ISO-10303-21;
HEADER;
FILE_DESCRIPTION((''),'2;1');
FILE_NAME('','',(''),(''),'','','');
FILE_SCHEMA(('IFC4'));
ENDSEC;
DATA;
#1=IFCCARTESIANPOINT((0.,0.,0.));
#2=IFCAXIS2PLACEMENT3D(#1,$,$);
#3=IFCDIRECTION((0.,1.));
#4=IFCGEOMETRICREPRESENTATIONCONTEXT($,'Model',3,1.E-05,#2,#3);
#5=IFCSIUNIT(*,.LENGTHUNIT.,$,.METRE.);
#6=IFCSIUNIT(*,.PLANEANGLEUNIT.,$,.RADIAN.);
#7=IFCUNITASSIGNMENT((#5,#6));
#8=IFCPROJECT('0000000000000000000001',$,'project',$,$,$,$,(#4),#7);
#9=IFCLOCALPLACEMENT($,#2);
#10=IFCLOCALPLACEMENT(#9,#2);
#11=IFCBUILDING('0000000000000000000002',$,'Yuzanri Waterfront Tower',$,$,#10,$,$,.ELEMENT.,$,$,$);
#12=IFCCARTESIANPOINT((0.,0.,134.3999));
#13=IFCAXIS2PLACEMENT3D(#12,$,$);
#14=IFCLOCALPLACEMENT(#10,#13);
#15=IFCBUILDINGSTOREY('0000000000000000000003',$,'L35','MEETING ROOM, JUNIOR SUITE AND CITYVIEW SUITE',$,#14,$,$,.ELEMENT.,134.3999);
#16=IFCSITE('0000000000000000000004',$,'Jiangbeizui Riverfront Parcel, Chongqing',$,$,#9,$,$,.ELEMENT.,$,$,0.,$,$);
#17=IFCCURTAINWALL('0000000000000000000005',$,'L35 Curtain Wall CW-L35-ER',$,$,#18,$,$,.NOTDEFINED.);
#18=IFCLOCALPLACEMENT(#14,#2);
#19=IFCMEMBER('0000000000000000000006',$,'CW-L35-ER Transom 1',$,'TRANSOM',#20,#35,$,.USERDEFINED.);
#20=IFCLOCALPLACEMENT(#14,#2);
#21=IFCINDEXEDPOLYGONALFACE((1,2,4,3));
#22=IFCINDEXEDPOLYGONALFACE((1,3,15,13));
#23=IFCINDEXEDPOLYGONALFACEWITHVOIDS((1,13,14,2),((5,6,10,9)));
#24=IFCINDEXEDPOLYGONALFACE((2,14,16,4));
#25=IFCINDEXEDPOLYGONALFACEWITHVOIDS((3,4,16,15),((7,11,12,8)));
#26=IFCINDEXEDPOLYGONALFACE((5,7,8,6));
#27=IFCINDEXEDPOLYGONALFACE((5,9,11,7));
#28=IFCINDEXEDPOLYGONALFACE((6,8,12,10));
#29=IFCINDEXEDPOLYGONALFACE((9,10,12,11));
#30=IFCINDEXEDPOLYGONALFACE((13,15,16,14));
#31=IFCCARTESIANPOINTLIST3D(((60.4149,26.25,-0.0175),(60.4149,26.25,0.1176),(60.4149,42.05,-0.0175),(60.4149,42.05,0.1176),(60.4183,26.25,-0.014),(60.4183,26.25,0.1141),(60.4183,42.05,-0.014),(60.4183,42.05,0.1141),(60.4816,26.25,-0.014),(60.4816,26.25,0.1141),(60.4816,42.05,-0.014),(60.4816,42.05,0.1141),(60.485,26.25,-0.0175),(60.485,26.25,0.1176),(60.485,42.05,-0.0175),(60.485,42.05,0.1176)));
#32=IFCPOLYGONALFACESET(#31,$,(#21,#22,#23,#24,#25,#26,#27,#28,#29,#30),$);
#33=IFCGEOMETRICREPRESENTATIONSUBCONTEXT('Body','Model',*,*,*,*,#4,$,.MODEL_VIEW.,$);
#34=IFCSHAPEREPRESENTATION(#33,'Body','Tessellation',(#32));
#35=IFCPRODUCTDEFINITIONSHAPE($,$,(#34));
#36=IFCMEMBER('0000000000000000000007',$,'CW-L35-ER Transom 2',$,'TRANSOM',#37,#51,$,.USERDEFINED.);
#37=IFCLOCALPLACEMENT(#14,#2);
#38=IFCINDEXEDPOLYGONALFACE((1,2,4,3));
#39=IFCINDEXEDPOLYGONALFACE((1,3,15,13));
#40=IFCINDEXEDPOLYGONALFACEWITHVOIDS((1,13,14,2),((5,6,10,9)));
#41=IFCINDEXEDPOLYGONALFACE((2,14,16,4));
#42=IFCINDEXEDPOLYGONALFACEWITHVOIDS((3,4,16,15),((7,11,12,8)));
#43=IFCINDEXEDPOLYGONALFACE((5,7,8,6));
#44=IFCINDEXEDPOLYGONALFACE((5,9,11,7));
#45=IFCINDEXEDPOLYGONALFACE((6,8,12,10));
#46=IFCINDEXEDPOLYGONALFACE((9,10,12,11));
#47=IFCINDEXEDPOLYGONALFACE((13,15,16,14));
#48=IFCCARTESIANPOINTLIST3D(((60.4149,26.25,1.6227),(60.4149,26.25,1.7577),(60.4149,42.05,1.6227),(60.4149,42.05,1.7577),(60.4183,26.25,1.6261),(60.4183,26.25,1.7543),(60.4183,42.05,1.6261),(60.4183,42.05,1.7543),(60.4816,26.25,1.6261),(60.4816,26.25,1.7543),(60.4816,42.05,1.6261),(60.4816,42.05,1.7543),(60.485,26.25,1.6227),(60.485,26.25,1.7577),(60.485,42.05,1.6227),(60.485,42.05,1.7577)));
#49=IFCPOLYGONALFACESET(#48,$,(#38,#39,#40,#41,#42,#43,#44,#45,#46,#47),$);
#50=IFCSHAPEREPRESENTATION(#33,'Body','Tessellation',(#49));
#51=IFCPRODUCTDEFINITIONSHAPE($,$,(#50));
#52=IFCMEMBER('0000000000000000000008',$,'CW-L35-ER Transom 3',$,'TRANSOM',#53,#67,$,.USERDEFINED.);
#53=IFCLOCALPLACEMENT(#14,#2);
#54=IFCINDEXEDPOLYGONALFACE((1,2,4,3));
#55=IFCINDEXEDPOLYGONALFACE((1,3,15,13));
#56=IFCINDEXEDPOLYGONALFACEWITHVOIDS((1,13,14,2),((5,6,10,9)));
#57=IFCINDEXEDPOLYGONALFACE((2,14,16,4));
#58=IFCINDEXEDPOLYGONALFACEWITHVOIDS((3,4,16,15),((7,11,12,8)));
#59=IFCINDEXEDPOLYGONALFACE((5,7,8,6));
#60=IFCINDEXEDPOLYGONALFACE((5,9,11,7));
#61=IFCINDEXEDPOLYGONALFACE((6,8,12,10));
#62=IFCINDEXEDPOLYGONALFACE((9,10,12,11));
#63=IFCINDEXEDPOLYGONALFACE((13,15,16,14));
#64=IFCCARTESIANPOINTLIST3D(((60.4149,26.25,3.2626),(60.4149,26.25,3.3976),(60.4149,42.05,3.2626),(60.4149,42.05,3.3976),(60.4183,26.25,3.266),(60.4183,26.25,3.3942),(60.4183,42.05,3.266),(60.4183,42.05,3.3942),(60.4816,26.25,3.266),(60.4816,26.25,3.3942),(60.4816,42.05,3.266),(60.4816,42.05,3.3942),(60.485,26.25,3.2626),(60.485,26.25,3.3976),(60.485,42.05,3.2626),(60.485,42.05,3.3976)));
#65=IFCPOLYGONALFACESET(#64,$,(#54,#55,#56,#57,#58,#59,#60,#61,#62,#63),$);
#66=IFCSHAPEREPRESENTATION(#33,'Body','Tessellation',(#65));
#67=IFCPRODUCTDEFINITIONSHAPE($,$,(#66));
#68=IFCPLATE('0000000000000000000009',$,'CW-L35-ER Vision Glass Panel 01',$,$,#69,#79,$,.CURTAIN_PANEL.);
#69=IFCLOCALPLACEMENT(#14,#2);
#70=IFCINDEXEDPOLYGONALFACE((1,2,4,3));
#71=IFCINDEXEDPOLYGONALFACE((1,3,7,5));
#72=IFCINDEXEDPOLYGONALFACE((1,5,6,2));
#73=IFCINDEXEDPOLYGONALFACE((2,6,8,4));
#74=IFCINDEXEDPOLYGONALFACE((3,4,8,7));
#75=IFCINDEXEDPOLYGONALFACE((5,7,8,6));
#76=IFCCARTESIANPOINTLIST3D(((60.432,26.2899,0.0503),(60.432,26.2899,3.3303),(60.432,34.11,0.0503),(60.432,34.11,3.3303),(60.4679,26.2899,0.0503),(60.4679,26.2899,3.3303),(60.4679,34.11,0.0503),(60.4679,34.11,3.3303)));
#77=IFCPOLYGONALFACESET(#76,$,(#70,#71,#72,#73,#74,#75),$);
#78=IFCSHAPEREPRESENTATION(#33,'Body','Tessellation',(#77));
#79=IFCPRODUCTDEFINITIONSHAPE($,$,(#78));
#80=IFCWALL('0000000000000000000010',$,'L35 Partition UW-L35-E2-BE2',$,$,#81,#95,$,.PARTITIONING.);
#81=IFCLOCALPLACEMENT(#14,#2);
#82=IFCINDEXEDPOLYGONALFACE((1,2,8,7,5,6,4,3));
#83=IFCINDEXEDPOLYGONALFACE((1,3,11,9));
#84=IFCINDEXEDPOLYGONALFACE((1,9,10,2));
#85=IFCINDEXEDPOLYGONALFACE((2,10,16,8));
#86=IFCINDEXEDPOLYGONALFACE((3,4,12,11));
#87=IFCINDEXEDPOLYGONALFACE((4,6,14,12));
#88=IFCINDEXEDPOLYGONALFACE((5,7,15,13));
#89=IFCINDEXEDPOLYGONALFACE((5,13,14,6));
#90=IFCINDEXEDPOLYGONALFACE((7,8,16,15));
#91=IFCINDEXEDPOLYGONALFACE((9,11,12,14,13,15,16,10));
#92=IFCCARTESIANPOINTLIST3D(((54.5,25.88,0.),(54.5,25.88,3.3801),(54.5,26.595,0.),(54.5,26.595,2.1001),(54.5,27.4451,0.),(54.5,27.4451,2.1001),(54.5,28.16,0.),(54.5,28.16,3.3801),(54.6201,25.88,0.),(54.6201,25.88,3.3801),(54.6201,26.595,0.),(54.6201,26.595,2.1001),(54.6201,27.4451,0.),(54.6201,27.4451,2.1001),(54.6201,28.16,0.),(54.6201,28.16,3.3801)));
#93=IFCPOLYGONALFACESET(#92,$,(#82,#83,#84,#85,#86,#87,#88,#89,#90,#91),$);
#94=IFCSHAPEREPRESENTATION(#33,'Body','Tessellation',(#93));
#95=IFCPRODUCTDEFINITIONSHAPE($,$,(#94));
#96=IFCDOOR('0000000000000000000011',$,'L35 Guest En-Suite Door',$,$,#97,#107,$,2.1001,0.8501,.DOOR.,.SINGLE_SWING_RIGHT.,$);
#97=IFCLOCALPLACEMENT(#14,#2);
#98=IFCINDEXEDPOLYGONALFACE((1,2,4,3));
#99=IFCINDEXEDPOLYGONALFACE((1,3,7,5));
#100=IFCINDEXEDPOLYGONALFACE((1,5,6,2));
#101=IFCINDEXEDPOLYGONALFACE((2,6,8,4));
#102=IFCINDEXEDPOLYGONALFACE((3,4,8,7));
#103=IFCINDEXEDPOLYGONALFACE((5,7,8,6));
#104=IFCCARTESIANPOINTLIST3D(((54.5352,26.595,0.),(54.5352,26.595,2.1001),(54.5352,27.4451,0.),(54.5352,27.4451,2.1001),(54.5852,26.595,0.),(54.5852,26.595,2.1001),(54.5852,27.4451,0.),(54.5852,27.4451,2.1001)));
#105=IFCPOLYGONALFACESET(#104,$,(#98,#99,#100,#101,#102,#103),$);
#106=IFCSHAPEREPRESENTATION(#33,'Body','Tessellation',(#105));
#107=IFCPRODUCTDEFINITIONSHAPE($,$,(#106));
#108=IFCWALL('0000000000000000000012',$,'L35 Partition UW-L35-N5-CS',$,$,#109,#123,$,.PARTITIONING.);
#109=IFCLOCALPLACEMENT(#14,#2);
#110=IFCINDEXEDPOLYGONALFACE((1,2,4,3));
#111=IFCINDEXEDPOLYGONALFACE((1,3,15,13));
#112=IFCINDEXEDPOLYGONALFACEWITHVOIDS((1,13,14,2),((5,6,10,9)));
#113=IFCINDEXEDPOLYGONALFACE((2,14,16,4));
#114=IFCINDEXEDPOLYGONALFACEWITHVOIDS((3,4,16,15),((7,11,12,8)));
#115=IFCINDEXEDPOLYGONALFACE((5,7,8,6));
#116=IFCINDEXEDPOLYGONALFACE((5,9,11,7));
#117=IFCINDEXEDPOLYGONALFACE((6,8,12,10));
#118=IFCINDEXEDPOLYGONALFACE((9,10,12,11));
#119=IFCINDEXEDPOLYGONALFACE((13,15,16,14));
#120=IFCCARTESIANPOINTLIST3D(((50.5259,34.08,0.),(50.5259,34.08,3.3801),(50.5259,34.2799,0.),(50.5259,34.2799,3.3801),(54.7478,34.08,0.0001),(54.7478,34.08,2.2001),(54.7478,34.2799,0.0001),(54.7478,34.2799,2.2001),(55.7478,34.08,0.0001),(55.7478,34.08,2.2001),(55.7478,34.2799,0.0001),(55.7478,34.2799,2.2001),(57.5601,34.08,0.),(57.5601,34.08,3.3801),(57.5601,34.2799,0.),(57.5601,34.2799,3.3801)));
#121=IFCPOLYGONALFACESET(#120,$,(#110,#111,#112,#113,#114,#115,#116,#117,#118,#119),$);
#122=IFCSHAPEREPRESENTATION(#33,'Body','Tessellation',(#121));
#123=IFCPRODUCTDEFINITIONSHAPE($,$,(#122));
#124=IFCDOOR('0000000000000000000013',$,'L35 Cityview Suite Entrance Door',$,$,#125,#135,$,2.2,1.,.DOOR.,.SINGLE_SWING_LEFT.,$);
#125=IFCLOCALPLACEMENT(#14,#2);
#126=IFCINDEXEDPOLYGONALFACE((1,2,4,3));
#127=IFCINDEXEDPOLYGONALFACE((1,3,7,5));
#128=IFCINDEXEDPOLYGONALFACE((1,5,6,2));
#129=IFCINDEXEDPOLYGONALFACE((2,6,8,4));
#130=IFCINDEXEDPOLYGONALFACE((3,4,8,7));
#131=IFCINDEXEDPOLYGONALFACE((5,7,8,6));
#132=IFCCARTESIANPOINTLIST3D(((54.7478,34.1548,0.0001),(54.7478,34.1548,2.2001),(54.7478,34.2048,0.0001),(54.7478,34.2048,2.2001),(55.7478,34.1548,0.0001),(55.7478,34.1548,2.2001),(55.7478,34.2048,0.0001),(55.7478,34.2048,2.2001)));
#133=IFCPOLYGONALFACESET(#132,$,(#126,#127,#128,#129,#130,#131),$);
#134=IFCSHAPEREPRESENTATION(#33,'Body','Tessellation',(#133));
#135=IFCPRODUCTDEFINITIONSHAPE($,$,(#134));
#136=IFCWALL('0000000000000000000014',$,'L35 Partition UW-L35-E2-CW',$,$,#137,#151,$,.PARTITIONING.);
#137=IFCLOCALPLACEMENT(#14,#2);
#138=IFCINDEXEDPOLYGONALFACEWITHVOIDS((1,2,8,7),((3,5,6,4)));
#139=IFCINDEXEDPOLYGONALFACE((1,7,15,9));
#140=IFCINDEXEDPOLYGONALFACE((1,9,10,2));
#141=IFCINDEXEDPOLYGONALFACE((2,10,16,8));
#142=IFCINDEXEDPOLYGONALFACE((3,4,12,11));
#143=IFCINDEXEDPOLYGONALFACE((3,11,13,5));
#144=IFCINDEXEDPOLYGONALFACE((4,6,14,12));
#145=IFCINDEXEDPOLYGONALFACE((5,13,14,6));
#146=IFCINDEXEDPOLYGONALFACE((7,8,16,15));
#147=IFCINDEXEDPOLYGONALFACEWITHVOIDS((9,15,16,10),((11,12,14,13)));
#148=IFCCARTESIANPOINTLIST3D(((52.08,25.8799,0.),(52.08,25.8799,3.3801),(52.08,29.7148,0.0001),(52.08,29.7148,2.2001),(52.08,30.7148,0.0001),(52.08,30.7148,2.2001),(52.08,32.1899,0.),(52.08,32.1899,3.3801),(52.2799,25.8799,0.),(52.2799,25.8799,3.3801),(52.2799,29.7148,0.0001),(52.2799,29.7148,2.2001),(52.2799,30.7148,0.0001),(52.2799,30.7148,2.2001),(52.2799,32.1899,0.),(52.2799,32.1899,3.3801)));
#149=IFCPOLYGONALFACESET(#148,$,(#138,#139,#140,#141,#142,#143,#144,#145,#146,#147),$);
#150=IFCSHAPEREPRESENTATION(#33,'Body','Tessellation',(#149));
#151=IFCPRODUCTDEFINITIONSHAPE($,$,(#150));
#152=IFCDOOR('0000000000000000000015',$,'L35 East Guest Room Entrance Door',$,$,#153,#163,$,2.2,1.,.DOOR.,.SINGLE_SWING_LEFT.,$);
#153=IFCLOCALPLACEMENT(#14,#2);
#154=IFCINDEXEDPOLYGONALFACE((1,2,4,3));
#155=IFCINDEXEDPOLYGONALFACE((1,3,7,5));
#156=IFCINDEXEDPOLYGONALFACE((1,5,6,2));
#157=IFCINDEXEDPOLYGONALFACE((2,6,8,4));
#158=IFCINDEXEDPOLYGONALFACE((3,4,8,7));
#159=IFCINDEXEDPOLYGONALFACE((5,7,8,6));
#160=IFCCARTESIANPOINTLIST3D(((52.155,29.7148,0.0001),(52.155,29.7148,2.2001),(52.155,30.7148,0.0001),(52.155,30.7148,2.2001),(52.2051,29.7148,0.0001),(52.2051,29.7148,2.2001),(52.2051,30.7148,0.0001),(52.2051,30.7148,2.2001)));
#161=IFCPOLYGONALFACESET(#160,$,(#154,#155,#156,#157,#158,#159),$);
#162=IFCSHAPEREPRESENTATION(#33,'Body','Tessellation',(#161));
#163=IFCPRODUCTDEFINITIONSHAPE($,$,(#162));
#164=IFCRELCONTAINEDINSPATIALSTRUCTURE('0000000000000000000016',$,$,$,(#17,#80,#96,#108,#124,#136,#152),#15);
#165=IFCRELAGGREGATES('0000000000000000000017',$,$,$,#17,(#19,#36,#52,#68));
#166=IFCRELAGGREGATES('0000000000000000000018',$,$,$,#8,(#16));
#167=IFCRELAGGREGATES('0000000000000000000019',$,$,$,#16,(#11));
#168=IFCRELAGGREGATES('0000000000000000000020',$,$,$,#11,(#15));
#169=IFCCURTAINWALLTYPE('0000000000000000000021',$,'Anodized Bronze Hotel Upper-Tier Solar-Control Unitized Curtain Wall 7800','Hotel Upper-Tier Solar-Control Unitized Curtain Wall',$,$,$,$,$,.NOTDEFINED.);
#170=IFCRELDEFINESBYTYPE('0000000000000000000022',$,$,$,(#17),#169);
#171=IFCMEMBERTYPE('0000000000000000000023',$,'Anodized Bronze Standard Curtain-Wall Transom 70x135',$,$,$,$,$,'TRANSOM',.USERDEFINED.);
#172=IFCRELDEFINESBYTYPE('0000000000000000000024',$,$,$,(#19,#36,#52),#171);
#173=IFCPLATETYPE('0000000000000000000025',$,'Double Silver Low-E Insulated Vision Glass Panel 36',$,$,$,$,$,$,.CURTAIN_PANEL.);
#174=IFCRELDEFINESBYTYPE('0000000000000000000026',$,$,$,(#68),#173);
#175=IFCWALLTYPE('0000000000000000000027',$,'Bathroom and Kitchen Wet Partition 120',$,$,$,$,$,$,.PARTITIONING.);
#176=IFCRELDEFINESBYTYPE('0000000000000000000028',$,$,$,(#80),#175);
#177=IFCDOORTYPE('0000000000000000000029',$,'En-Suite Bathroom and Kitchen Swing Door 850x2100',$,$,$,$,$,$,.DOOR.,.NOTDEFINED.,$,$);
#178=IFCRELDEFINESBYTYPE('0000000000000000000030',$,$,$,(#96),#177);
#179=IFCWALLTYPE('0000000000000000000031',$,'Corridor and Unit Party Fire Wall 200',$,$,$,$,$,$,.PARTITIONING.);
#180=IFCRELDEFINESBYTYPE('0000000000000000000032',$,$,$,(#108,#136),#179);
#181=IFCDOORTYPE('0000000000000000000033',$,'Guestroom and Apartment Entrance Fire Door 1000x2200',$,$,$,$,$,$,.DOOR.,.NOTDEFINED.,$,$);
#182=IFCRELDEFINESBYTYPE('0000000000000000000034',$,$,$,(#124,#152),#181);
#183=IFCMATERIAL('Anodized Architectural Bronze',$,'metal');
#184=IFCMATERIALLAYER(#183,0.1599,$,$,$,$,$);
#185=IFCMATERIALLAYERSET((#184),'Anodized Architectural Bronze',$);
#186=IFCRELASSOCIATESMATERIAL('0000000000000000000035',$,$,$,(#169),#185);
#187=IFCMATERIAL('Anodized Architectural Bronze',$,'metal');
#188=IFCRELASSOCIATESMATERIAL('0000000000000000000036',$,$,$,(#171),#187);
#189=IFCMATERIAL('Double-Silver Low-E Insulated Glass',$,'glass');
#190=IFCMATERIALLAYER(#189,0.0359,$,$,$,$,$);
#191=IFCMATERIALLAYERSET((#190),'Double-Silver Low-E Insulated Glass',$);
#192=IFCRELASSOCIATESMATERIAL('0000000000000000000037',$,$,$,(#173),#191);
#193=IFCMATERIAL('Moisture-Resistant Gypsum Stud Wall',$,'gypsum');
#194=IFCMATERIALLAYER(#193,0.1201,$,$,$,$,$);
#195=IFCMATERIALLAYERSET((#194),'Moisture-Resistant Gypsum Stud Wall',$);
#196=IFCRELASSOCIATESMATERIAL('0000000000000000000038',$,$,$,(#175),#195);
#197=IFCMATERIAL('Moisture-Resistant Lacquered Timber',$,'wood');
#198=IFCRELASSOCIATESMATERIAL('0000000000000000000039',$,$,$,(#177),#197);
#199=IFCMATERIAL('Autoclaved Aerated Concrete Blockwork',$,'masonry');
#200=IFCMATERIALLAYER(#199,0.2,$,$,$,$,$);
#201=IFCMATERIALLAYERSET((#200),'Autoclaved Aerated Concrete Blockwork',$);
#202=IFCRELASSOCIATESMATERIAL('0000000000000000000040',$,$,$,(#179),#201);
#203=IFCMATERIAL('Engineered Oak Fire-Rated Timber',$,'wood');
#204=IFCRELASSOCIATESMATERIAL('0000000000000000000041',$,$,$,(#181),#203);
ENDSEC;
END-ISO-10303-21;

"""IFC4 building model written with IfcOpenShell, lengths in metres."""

from ifc_helpers import new_model, si_unit, direction, frame, frame_2d, origin, origin_2d, place, context, subcontext, project, spatial, rectangle, hollow_rectangle, extrude, source, transform, mapped, material, layer, layer_set, material_profile, profile_set, type_object, element, fill, aggregate, save


model = new_model("IFC4")

# Units and contexts
model_context = context("Model", 3, precision=1e-05, world=origin(), true_north=direction((0.0, 1.0)))
body_context = subcontext(model_context, "Body", "Model", "MODEL_VIEW")
ifc_project = project(units=[si_unit("LENGTHUNIT", "METRE"), si_unit("PLANEANGLEUNIT", "RADIAN")], contexts=[model_context])

# Site, building, storey
site_placement = place(None, origin())
site = spatial("IfcSite", under=ifc_project, at=site_placement, Name="Jiangbeizui Riverfront Parcel, Chongqing", CompositionType="ELEMENT", RefElevation=0.0)
building_placement = place(site_placement, origin())
building = spatial("IfcBuilding", under=site, at=building_placement, Name="Yuzanri Waterfront Tower", CompositionType="ELEMENT")
storey_placement = place(building_placement, frame((0.0, 0.0, 134.3999)))
storey = spatial("IfcBuildingStorey", under=building, at=storey_placement, Name="L35", Description="MEETING ROOM, JUNIOR SUITE AND CITYVIEW SUITE", CompositionType="ELEMENT", Elevation=134.3999)

# Curtain wall, members, plate
ifc_material_1 = material(Name="Anodized Architectural Bronze", Category="metal")
ifc_layer_1 = layer(ifc_material_1, 0.1599)
ifc_layer_set_1 = layer_set([ifc_layer_1], Name="Anodized Architectural Bronze")
curtain_wall_type = type_object("IfcCurtainWallType", Name="Anodized Bronze Hotel Upper-Tier Solar-Control Unitized Curtain Wall 7800", Description="Hotel Upper-Tier Solar-Control Unitized Curtain Wall", PredefinedType="NOTDEFINED", material=ifc_layer_set_1)
curtain_wall_placement = place(storey_placement, origin())
curtain_wall = element("IfcCurtainWall", 1, at=curtain_wall_placement, inside=storey, type_object=curtain_wall_type, Name="L35 Curtain Wall CW-L35-ER", PredefinedType="NOTDEFINED")
ifc_material_2 = material(Name="Anodized Architectural Bronze", Category="metal")
ifc_material_profile_1 = material_profile(ifc_material_2, hollow_rectangle(XDim=0.0701, YDim=0.135, WallThickness=0.0034, at=origin_2d()), Name="CWT 70x135")
ifc_profile_set_1 = profile_set([ifc_material_profile_1], Name="Anodized Architectural Bronze")
member_type_1 = type_object("IfcMemberType", Name="Anodized Bronze Standard Curtain-Wall Transom 70x135", ElementType="TRANSOM", PredefinedType="USERDEFINED", material=ifc_profile_set_1)
shared_shape_1 = source(origin(), body_context, "Body", "SweptSolid", [
    extrude(hollow_rectangle(XDim=0.0701, YDim=0.135, WallThickness=0.0034, at=origin_2d()), origin(), (0.0, 0.0, 1.0), 15.8),
])
member_1_placement = place(storey_placement, frame((60.45, 26.25, 0.05), z_axis=(0.0, 1.0, 0.0), x_axis=(-1.0, 0.0, 0.0)))
member_1 = element("IfcMember", 2, at=member_1_placement, type_object=member_type_1, Name="CW-L35-ER Transom 1", ObjectType="TRANSOM", PredefinedType="USERDEFINED", context=body_context, shape_type="MappedRepresentation", body=[
    mapped(shared_shape_1, transform((0.0, 0.0, 0.0), scale=1.0)),
])
member_2_placement = place(storey_placement, frame((60.45, 26.25, 1.6902), z_axis=(0.0, 1.0, 0.0), x_axis=(-1.0, 0.0, 0.0)))
member_2 = element("IfcMember", 3, at=member_2_placement, type_object=member_type_1, Name="CW-L35-ER Transom 2", ObjectType="TRANSOM", PredefinedType="USERDEFINED", context=body_context, shape_type="MappedRepresentation", body=[
    mapped(shared_shape_1, transform((0.0, 0.0, 0.0), scale=1.0)),
])
member_3_placement = place(storey_placement, frame((60.45, 26.25, 3.3301), z_axis=(0.0, 1.0, 0.0), x_axis=(-1.0, 0.0, 0.0)))
member_3 = element("IfcMember", 4, at=member_3_placement, type_object=member_type_1, Name="CW-L35-ER Transom 3", ObjectType="TRANSOM", PredefinedType="USERDEFINED", context=body_context, shape_type="MappedRepresentation", body=[
    mapped(shared_shape_1, transform((0.0, 0.0, 0.0), scale=1.0)),
])
ifc_material_3 = material(Name="Double-Silver Low-E Insulated Glass", Category="glass")
ifc_layer_2 = layer(ifc_material_3, 0.0359)
ifc_layer_set_2 = layer_set([ifc_layer_2], Name="Double-Silver Low-E Insulated Glass")
plate_type = type_object("IfcPlateType", Name="Double Silver Low-E Insulated Vision Glass Panel 36", PredefinedType="CURTAIN_PANEL", material=ifc_layer_set_2)
shared_shape_2 = source(origin(), body_context, "Body", "SweptSolid", [
    extrude(rectangle(XDim=7.8201, YDim=0.0359, at=origin_2d()), origin(), (0.0, 0.0, 1.0), 3.28),
])
plate_placement = place(storey_placement, frame((60.45, 30.2, 0.0503), z_axis=(0.0, 0.0, 1.0), x_axis=(0.0, 1.0, 0.0)))
plate = element("IfcPlate", 5, at=plate_placement, type_object=plate_type, Name="CW-L35-ER Vision Glass Panel 01", PredefinedType="CURTAIN_PANEL", context=body_context, shape_type="MappedRepresentation", body=[
    mapped(shared_shape_2, transform((0.0, 0.0, 0.0), scale=1.0)),
])
aggregate(curtain_wall, [member_1, member_2, member_3, plate])

# Walls, openings, doors
ifc_material_4 = material(Name="Moisture-Resistant Gypsum Stud Wall", Category="gypsum")
ifc_layer_3 = layer(ifc_material_4, 0.1201)
ifc_layer_set_3 = layer_set([ifc_layer_3], Name="Moisture-Resistant Gypsum Stud Wall")
wall_type_1 = type_object("IfcWallType", Name="Bathroom and Kitchen Wet Partition 120", PredefinedType="PARTITIONING", material=ifc_layer_set_3)
wall_1_placement = place(storey_placement, frame((54.5601, 25.8799, 0.0), z_axis=(0.0, 0.0, 1.0), x_axis=(0.0, 1.0, 0.0)))
wall_1 = element("IfcWall", 6, at=wall_1_placement, inside=storey, type_object=wall_type_1, Name="L35 Partition UW-L35-E2-BE2", PredefinedType="PARTITIONING", context=body_context, shape_type="SweptSolid", body=[
    extrude(rectangle(XDim=2.28, YDim=0.1201, at=frame_2d((1.1401, 0.0))), origin(), (0.0, 0.0, 1.0), 3.3801),
])
opening_1_placement = place(wall_1_placement, frame((0.7151, 0.0, 0.0)))
opening_1 = element("IfcOpeningElement", 7, at=opening_1_placement, cuts=wall_1, PredefinedType="OPENING", context=body_context, shape_type="SweptSolid", body=[
    extrude(rectangle(XDim=0.8501, YDim=2.1001, at=frame_2d((0.425, 1.05))), frame((0.0, 0.075, 0.0), z_axis=(0.0, -1.0, 0.0), x_axis=(1.0, 0.0, 0.0)), (0.0, 0.0, 1.0), 0.1499),
])
ifc_material_5 = material(Name="Moisture-Resistant Lacquered Timber", Category="wood")
door_type_1 = type_object("IfcDoorType", Name="En-Suite Bathroom and Kitchen Swing Door 850x2100", OperationType="NOTDEFINED", PredefinedType="DOOR", material=ifc_material_5)
shared_shape_3 = source(origin(), body_context, "Body", "SweptSolid", [
    extrude(rectangle(XDim=0.8501, YDim=2.1001, at=frame_2d((0.425, 1.05))), frame((0.0, 0.0249, 0.0), z_axis=(0.0, -1.0, 0.0), x_axis=(1.0, 0.0, 0.0)), (0.0, 0.0, 1.0), 0.05),
])
door_1_placement = place(opening_1_placement, origin())
door_1 = element("IfcDoor", 8, at=door_1_placement, inside=storey, type_object=door_type_1, Name="L35 Guest En-Suite Door", OperationType="SINGLE_SWING_RIGHT", OverallHeight=2.1001, OverallWidth=0.8501, PredefinedType="DOOR", context=body_context, shape_type="MappedRepresentation", body=[
    mapped(shared_shape_3, transform((0.0, 0.0, 0.0), scale=1.0)),
])
fill(opening_1, door_1)
ifc_material_6 = material(Name="Autoclaved Aerated Concrete Blockwork", Category="masonry")
ifc_layer_4 = layer(ifc_material_6, 0.2)
ifc_layer_set_4 = layer_set([ifc_layer_4], Name="Autoclaved Aerated Concrete Blockwork")
wall_type_2 = type_object("IfcWallType", Name="Corridor and Unit Party Fire Wall 200", PredefinedType="PARTITIONING", material=ifc_layer_set_4)
wall_2_placement = place(storey_placement, frame((50.5259, 34.1799, 0.0), z_axis=(0.0, 0.0, 1.0), x_axis=(1.0, 0.0, 0.0)))
wall_2 = element("IfcWall", 9, at=wall_2_placement, inside=storey, type_object=wall_type_2, Name="L35 Partition UW-L35-N5-CS", PredefinedType="PARTITIONING", context=body_context, shape_type="SweptSolid", body=[
    extrude(rectangle(XDim=7.0342, YDim=0.2, at=frame_2d((3.5171, 0.0))), origin(), (0.0, 0.0, 1.0), 3.3801),
])
opening_2_placement = place(wall_2_placement, frame((4.2219, 0.0, 0.0)))
opening_2 = element("IfcOpeningElement", 10, at=opening_2_placement, cuts=wall_2, PredefinedType="OPENING", context=body_context, shape_type="SweptSolid", body=[
    extrude(rectangle(XDim=1.0, YDim=2.2, at=frame_2d((0.5, 1.1001))), frame((0.0, 0.1147, 0.0), z_axis=(0.0, -1.0, 0.0), x_axis=(1.0, 0.0, 0.0)), (0.0, 0.0, 1.0), 0.2297),
])
ifc_material_7 = material(Name="Engineered Oak Fire-Rated Timber", Category="wood")
door_type_2 = type_object("IfcDoorType", Name="Guestroom and Apartment Entrance Fire Door 1000x2200", OperationType="NOTDEFINED", PredefinedType="DOOR", material=ifc_material_7)
shared_shape_4 = source(origin(), body_context, "Body", "SweptSolid", [
    extrude(rectangle(XDim=1.0, YDim=2.2, at=frame_2d((0.5, 1.1001))), frame((0.0, 0.0249, 0.0), z_axis=(0.0, -1.0, 0.0), x_axis=(1.0, 0.0, 0.0)), (0.0, 0.0, 1.0), 0.05),
])
door_2_placement = place(opening_2_placement, origin())
door_2 = element("IfcDoor", 11, at=door_2_placement, inside=storey, type_object=door_type_2, Name="L35 Cityview Suite Entrance Door", OperationType="SINGLE_SWING_LEFT", OverallHeight=2.2, OverallWidth=1.0, PredefinedType="DOOR", context=body_context, shape_type="MappedRepresentation", body=[
    mapped(shared_shape_4, transform((0.0, 0.0, 0.0), scale=1.0)),
])
fill(opening_2, door_2)
wall_3_placement = place(storey_placement, frame((52.1799, 25.8799, 0.0), z_axis=(0.0, 0.0, 1.0), x_axis=(0.0, 1.0, 0.0)))
wall_3 = element("IfcWall", 12, at=wall_3_placement, inside=storey, type_object=wall_type_2, Name="L35 Partition UW-L35-E2-CW", PredefinedType="PARTITIONING", context=body_context, shape_type="SweptSolid", body=[
    extrude(rectangle(XDim=6.3101, YDim=0.2, at=frame_2d((3.155, 0.0))), origin(), (0.0, 0.0, 1.0), 3.3801),
])
opening_3_placement = place(wall_3_placement, frame((3.835, 0.0, 0.0)))
opening_3 = element("IfcOpeningElement", 13, at=opening_3_placement, cuts=wall_3, PredefinedType="OPENING", context=body_context, shape_type="SweptSolid", body=[
    extrude(rectangle(XDim=1.0, YDim=2.2, at=frame_2d((0.5, 1.1001))), frame((0.0, 0.1147, 0.0), z_axis=(0.0, -1.0, 0.0), x_axis=(1.0, 0.0, 0.0)), (0.0, 0.0, 1.0), 0.2297),
])
door_3_placement = place(opening_3_placement, origin())
door_3 = element("IfcDoor", 14, at=door_3_placement, inside=storey, type_object=door_type_2, Name="L35 East Guest Room Entrance Door", OperationType="SINGLE_SWING_LEFT", OverallHeight=2.2, OverallWidth=1.0, PredefinedType="DOOR", context=body_context, shape_type="MappedRepresentation", body=[
    mapped(shared_shape_4, transform((0.0, 0.0, 0.0), scale=1.0)),
])
fill(opening_3, door_3)

save(model, "model.ifc")
